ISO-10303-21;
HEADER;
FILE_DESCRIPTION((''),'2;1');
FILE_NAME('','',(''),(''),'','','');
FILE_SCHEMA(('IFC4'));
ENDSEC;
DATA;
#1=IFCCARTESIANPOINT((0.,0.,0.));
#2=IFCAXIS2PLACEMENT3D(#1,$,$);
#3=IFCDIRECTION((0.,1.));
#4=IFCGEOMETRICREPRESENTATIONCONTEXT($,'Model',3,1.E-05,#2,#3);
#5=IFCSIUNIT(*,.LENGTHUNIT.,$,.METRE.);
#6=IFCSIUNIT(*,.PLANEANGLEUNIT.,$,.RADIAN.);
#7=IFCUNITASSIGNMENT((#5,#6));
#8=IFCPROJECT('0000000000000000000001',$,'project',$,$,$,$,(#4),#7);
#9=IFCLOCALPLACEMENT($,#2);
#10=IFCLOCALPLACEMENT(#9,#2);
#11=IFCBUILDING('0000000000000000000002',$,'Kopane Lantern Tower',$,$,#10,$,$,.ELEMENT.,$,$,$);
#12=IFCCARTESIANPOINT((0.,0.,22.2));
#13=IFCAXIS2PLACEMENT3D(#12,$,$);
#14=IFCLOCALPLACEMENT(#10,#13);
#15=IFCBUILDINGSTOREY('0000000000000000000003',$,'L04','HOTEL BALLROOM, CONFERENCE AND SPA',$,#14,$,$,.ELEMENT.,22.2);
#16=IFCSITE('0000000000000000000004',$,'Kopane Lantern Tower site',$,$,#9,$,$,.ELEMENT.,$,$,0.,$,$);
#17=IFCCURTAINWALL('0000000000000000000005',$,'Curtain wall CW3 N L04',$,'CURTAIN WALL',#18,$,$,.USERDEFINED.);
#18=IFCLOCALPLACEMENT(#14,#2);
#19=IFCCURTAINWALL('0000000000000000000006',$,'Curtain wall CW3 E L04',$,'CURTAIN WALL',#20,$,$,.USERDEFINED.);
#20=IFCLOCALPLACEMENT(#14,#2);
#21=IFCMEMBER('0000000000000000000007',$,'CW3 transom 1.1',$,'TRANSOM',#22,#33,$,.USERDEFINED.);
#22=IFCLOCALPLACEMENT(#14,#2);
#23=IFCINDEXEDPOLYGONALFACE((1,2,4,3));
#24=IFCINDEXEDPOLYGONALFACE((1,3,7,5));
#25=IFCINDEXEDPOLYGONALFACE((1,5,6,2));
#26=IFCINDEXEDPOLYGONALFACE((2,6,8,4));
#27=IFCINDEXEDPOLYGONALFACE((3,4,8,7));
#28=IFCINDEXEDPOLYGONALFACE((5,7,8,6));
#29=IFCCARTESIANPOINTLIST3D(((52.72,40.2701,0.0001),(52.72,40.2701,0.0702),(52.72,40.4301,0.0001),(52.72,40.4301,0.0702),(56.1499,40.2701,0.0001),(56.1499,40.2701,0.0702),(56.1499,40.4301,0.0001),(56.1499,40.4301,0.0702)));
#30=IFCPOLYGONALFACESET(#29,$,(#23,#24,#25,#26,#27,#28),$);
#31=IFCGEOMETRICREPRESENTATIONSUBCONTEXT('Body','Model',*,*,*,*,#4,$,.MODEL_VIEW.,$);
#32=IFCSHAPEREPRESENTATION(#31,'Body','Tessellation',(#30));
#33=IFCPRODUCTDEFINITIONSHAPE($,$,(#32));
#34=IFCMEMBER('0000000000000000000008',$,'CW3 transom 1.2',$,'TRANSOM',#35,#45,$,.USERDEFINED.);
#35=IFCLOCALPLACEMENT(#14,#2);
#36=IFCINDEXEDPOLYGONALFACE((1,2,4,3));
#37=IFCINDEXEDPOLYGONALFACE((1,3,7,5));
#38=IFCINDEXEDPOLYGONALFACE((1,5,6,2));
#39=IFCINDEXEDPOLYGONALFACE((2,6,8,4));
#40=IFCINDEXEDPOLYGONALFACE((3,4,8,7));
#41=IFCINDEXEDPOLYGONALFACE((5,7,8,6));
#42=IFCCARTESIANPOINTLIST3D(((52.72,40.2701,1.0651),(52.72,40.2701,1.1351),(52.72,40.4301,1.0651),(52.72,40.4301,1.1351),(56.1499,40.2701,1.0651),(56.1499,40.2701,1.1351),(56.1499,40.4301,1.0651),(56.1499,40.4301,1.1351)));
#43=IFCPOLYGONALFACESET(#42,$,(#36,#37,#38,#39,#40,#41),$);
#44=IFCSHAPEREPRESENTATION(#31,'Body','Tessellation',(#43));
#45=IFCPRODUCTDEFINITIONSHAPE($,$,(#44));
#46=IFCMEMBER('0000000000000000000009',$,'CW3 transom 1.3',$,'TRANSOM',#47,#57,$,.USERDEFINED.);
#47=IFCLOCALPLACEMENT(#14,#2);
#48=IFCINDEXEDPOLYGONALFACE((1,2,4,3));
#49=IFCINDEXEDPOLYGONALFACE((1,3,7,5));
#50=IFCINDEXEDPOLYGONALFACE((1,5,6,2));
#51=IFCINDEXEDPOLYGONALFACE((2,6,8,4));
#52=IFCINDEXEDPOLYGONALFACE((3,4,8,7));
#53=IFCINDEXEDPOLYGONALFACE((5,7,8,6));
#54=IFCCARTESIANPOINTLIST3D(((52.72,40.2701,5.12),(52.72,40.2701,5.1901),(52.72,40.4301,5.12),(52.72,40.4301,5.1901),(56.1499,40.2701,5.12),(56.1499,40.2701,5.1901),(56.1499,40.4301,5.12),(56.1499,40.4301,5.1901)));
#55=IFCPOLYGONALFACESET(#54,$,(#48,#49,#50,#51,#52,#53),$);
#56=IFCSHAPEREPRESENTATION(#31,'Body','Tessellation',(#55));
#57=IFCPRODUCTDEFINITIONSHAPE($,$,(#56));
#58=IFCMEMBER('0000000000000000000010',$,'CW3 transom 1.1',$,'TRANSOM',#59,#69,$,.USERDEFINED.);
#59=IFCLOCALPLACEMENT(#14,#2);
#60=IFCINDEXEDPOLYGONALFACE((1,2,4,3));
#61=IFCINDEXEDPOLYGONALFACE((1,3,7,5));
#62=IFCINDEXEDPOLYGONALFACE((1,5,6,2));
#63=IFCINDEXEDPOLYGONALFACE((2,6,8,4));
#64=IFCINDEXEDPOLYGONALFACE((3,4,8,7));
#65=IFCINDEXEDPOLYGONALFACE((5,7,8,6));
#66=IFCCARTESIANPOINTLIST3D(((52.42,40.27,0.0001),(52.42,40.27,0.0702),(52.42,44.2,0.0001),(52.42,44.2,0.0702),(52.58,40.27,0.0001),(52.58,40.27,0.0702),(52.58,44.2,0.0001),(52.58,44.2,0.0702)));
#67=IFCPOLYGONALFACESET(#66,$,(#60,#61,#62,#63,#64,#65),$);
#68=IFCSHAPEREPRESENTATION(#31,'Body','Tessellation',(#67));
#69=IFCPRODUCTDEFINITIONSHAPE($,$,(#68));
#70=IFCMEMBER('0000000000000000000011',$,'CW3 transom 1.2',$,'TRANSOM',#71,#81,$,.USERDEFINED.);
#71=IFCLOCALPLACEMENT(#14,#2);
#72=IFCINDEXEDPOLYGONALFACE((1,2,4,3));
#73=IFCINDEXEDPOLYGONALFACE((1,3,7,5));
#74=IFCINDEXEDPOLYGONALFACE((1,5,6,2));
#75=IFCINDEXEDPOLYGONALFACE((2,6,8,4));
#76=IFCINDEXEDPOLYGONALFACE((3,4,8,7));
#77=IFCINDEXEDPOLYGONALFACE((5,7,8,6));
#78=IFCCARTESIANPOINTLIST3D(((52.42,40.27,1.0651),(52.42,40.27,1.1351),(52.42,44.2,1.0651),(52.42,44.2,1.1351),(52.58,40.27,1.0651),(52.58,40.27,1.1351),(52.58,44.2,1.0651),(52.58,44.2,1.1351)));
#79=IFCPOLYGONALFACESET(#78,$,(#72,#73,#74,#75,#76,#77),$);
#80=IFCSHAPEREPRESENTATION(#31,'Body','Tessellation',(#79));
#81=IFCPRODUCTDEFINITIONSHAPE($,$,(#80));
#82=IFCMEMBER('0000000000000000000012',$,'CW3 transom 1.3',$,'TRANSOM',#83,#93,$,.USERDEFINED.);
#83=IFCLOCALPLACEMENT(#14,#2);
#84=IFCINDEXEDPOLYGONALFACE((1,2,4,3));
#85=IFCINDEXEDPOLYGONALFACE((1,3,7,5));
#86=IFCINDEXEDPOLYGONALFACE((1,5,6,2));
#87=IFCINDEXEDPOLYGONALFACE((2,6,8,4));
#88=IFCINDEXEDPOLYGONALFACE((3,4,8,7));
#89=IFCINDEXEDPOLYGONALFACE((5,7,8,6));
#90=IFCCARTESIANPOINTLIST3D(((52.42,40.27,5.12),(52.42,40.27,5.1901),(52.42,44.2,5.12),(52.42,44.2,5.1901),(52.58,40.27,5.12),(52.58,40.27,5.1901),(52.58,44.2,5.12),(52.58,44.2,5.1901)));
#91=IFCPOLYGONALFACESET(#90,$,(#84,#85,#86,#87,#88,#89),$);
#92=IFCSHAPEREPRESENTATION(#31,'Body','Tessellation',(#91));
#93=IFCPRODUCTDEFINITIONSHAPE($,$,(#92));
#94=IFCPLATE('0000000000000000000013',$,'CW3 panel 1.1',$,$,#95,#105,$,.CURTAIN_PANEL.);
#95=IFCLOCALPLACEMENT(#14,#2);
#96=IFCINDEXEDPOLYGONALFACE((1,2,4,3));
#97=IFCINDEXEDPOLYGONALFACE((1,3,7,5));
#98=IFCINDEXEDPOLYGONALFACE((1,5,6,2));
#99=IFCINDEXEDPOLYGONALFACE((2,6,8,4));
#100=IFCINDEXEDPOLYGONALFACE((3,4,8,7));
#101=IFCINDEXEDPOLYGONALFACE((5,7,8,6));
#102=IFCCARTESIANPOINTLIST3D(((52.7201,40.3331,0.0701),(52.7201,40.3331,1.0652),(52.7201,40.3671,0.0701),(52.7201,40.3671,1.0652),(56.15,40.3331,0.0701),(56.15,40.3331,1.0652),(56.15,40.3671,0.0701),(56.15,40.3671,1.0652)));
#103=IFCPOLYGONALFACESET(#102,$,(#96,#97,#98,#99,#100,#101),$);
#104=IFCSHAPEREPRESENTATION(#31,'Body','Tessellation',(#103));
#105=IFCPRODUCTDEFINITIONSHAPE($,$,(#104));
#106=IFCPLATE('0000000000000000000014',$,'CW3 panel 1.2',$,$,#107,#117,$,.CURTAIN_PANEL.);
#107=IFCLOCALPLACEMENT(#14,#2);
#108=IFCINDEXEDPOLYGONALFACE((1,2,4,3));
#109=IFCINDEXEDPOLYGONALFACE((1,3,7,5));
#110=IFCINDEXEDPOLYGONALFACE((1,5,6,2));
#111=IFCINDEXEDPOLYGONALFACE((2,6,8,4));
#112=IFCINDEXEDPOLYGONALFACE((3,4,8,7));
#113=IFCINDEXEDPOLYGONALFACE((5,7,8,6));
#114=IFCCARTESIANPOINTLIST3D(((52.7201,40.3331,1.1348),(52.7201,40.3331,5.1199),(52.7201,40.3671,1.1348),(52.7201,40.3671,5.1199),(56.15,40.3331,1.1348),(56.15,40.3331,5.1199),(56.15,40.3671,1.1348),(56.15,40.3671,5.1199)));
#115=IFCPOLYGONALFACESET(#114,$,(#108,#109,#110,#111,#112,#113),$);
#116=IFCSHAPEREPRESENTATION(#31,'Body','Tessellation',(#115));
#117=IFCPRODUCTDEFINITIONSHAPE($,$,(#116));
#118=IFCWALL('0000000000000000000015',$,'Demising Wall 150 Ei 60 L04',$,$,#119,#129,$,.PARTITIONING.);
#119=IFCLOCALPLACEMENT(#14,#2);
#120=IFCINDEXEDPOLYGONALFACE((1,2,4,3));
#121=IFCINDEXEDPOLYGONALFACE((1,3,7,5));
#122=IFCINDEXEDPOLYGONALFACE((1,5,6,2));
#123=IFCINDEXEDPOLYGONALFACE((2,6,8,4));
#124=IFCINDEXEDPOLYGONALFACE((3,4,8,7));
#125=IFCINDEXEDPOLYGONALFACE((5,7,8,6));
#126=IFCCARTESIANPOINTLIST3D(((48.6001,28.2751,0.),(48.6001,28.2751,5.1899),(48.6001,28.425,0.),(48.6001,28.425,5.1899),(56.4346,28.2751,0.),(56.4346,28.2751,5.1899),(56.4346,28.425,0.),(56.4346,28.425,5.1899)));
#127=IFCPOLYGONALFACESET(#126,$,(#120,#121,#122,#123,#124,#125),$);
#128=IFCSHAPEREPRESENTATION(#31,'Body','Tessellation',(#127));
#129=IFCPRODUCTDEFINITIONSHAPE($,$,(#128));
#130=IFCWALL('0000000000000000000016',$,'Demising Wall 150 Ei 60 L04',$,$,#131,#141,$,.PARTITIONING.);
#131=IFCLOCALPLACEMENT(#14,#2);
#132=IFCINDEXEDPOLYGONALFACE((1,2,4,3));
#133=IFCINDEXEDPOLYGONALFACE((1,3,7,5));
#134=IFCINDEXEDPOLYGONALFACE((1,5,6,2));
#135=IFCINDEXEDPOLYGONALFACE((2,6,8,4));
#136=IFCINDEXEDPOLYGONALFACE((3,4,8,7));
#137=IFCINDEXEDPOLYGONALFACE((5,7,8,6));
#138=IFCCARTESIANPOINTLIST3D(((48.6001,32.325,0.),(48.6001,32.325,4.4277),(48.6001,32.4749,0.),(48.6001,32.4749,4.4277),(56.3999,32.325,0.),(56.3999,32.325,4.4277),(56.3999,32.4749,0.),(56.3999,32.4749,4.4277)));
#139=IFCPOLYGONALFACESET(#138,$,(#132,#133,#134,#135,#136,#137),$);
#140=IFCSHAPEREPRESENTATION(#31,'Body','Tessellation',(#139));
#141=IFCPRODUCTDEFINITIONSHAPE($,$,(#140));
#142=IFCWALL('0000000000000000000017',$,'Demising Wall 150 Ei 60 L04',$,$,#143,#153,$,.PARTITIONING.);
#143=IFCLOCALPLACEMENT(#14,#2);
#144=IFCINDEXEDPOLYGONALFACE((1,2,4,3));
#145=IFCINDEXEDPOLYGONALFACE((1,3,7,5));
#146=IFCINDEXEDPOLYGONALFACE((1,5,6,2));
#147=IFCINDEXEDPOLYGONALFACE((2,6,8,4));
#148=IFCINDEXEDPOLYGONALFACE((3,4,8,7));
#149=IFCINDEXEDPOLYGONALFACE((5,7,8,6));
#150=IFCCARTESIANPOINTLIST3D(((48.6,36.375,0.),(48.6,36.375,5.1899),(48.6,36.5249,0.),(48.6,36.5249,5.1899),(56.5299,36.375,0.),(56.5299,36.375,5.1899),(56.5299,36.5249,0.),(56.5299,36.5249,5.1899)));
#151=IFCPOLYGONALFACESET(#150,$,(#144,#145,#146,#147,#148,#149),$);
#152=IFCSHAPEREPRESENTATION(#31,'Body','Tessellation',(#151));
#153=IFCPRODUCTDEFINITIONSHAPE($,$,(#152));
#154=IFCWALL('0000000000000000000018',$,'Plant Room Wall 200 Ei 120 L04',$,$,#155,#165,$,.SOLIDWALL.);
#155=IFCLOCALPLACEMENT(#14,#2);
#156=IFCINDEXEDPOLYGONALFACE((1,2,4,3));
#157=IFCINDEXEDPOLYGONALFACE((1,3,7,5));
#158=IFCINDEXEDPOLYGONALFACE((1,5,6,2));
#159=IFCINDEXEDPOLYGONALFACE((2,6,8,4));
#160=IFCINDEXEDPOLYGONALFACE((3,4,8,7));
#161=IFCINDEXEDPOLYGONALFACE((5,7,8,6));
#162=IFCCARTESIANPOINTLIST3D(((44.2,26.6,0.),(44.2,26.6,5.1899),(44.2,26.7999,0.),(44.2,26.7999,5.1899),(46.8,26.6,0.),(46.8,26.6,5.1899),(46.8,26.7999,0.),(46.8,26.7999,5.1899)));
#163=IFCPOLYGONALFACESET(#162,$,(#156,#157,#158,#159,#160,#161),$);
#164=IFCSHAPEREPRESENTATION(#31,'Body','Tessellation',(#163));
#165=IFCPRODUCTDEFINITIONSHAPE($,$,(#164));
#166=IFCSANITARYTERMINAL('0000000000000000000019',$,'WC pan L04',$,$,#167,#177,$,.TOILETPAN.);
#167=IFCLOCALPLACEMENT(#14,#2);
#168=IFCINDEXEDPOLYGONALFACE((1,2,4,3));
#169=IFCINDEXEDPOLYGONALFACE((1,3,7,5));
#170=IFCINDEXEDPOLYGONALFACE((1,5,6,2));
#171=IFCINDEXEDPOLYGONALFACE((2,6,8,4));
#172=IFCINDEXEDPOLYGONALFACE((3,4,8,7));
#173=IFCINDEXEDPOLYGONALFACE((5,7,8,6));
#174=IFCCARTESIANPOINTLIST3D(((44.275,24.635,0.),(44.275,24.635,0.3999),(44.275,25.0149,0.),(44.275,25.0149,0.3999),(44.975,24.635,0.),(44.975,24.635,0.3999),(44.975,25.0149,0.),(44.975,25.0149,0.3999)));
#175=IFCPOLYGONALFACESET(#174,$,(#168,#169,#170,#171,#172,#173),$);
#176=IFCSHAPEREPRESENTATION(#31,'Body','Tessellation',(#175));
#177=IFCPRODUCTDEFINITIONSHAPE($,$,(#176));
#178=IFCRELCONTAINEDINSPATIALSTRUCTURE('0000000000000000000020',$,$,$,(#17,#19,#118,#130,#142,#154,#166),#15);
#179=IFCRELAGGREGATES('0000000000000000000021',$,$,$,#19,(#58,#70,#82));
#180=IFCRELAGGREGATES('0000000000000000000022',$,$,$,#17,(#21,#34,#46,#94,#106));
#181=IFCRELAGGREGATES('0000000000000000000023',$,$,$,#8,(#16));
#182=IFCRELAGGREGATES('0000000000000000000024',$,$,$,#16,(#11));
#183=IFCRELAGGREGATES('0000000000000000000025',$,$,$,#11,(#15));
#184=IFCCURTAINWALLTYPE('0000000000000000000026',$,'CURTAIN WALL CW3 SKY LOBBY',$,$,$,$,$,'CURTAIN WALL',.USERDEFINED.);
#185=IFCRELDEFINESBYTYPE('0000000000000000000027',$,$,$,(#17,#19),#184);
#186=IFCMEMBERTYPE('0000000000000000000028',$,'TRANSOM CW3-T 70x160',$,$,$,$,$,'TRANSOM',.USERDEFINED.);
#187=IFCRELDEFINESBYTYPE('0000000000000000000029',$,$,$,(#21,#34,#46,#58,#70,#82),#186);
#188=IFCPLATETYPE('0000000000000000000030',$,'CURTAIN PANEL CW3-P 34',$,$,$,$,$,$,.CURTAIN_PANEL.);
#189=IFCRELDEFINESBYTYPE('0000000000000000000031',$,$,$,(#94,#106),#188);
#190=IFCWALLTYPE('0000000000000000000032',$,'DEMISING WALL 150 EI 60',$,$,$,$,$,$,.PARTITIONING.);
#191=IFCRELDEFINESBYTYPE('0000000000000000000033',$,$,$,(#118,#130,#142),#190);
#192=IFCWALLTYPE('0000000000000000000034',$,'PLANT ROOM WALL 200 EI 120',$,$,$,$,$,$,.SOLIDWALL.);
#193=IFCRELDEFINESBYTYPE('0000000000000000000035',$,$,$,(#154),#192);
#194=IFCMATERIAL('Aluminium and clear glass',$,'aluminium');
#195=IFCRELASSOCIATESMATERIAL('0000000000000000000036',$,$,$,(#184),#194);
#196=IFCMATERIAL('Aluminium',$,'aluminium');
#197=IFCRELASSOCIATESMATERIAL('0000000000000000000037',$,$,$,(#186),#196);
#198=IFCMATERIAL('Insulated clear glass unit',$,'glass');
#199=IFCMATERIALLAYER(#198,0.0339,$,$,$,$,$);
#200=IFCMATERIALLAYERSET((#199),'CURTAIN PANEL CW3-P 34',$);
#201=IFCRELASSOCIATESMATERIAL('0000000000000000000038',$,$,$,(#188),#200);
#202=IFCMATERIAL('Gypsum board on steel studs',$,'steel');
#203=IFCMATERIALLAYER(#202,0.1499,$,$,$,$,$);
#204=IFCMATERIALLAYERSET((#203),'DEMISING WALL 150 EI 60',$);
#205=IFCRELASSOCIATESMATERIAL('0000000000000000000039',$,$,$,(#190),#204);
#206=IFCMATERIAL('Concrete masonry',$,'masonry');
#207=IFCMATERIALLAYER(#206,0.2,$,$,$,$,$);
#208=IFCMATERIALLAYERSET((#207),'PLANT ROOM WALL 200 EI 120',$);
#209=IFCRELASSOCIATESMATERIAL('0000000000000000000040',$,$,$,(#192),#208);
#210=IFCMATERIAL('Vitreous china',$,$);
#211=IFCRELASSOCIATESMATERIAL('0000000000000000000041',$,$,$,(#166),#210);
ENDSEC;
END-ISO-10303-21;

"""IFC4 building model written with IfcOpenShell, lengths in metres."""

from ifc_helpers import new_model, si_unit, direction, frame, frame_2d, origin, origin_2d, place, context, subcontext, project, spatial, rectangle, extrude, material, layer, layer_set, material_profile, profile_set, type_object, element, aggregate, save


model = new_model("IFC4")

# Units and contexts
model_context = context("Model", 3, precision=1e-05, world=origin(), true_north=direction((0.0, 1.0)))
body_context = subcontext(model_context, "Body", "Model", "MODEL_VIEW")
ifc_project = project(units=[si_unit("LENGTHUNIT", "METRE"), si_unit("PLANEANGLEUNIT", "RADIAN")], contexts=[model_context])

# Site, building, storey
site_placement = place(None, origin())
site = spatial("IfcSite", under=ifc_project, at=site_placement, Name="Kopane Lantern Tower site", CompositionType="ELEMENT", RefElevation=0.0)
building_placement = place(site_placement, origin())
building = spatial("IfcBuilding", under=site, at=building_placement, Name="Kopane Lantern Tower", CompositionType="ELEMENT")
storey_placement = place(building_placement, frame((0.0, 0.0, 22.2)))
storey = spatial("IfcBuildingStorey", under=building, at=storey_placement, Name="L04", Description="HOTEL BALLROOM, CONFERENCE AND SPA", CompositionType="ELEMENT", Elevation=22.2)

# Curtain walls
ifc_material_1 = material(Name="Aluminium and clear glass", Category="aluminium")
curtain_wall_type = type_object("IfcCurtainWallType", Name="CURTAIN WALL CW3 SKY LOBBY", ElementType="CURTAIN WALL", PredefinedType="USERDEFINED", material=ifc_material_1)
curtain_wall_1_placement = place(storey_placement, origin())
curtain_wall_1 = element("IfcCurtainWall", 1, at=curtain_wall_1_placement, inside=storey, type_object=curtain_wall_type, Name="Curtain wall CW3 N L04", ObjectType="CURTAIN WALL", PredefinedType="USERDEFINED")
curtain_wall_2_placement = place(storey_placement, origin())
curtain_wall_2 = element("IfcCurtainWall", 2, at=curtain_wall_2_placement, inside=storey, type_object=curtain_wall_type, Name="Curtain wall CW3 E L04", ObjectType="CURTAIN WALL", PredefinedType="USERDEFINED")

# Members
ifc_material_2 = material(Name="Aluminium", Category="aluminium")
ifc_material_profile_1 = material_profile(ifc_material_2, rectangle(XDim=0.1599, YDim=0.0701, at=origin_2d()), Name="AL 160x70")
ifc_profile_set_1 = profile_set([ifc_material_profile_1], Name="Aluminium")
member_type_1 = type_object("IfcMemberType", Name="TRANSOM CW3-T 70x160", ElementType="TRANSOM", PredefinedType="USERDEFINED", material=ifc_profile_set_1)
member_1_placement = place(storey_placement, frame((56.1499, 40.3501, 0.0352), z_axis=(-1.0, 0.0, 0.0), x_axis=(0.0, -1.0, 0.0)))
member_1 = element("IfcMember", 3, at=member_1_placement, type_object=member_type_1, Name="CW3 transom 1.1", ObjectType="TRANSOM", PredefinedType="USERDEFINED", context=body_context, shape_type="SweptSolid", body=[
    extrude(rectangle(XDim=0.1599, YDim=0.0701, at=origin_2d()), origin(), (0.0, 0.0, 1.0), 3.4299),
])
member_2_placement = place(storey_placement, frame((56.1499, 40.3501, 1.1001), z_axis=(-1.0, 0.0, 0.0), x_axis=(0.0, -1.0, 0.0)))
member_2 = element("IfcMember", 4, at=member_2_placement, type_object=member_type_1, Name="CW3 transom 1.2", ObjectType="TRANSOM", PredefinedType="USERDEFINED", context=body_context, shape_type="SweptSolid", body=[
    extrude(rectangle(XDim=0.1599, YDim=0.0701, at=origin_2d()), origin(), (0.0, 0.0, 1.0), 3.4299),
])
member_3_placement = place(storey_placement, frame((56.1499, 40.3501, 5.155), z_axis=(-1.0, 0.0, 0.0), x_axis=(0.0, -1.0, 0.0)))
member_3 = element("IfcMember", 5, at=member_3_placement, type_object=member_type_1, Name="CW3 transom 1.3", ObjectType="TRANSOM", PredefinedType="USERDEFINED", context=body_context, shape_type="SweptSolid", body=[
    extrude(rectangle(XDim=0.1599, YDim=0.0701, at=origin_2d()), origin(), (0.0, 0.0, 1.0), 3.4299),
])
member_4_placement = place(storey_placement, frame((52.5, 40.27, 0.0352), z_axis=(0.0, 1.0, 0.0), x_axis=(-1.0, 0.0, 0.0)))
member_4 = element("IfcMember", 6, at=member_4_placement, type_object=member_type_1, Name="CW3 transom 1.1", ObjectType="TRANSOM", PredefinedType="USERDEFINED", context=body_context, shape_type="SweptSolid", body=[
    extrude(rectangle(XDim=0.1599, YDim=0.0701, at=origin_2d()), origin(), (0.0, 0.0, 1.0), 3.9299),
])
member_5_placement = place(storey_placement, frame((52.5, 40.27, 1.1001), z_axis=(0.0, 1.0, 0.0), x_axis=(-1.0, 0.0, 0.0)))
member_5 = element("IfcMember", 7, at=member_5_placement, type_object=member_type_1, Name="CW3 transom 1.2", ObjectType="TRANSOM", PredefinedType="USERDEFINED", context=body_context, shape_type="SweptSolid", body=[
    extrude(rectangle(XDim=0.1599, YDim=0.0701, at=origin_2d()), origin(), (0.0, 0.0, 1.0), 3.9299),
])
member_6_placement = place(storey_placement, frame((52.5, 40.27, 5.155), z_axis=(0.0, 1.0, 0.0), x_axis=(-1.0, 0.0, 0.0)))
member_6 = element("IfcMember", 8, at=member_6_placement, type_object=member_type_1, Name="CW3 transom 1.3", ObjectType="TRANSOM", PredefinedType="USERDEFINED", context=body_context, shape_type="SweptSolid", body=[
    extrude(rectangle(XDim=0.1599, YDim=0.0701, at=origin_2d()), origin(), (0.0, 0.0, 1.0), 3.9299),
])
aggregate(curtain_wall_2, [member_4, member_5, member_6])

# Plates
ifc_material_3 = material(Name="Insulated clear glass unit", Category="glass")
ifc_layer_1 = layer(ifc_material_3, 0.0339)
ifc_layer_set_1 = layer_set([ifc_layer_1], Name="CURTAIN PANEL CW3-P 34")
plate_type = type_object("IfcPlateType", Name="CURTAIN PANEL CW3-P 34", PredefinedType="CURTAIN_PANEL", material=ifc_layer_set_1)
plate_1_placement = place(storey_placement, frame((54.4351, 40.3501, 0.0701), z_axis=(0.0, 0.0, 1.0), x_axis=(-1.0, 0.0, 0.0)))
plate_1 = element("IfcPlate", 9, at=plate_1_placement, type_object=plate_type, Name="CW3 panel 1.1", PredefinedType="CURTAIN_PANEL", context=body_context, shape_type="SweptSolid", body=[
    extrude(rectangle(XDim=3.4299, YDim=0.0339, at=origin_2d()), origin(), (0.0, 0.0, 1.0), 0.9951),
])
plate_2_placement = place(storey_placement, frame((54.4351, 40.3501, 1.1348), z_axis=(0.0, 0.0, 1.0), x_axis=(-1.0, 0.0, 0.0)))
plate_2 = element("IfcPlate", 10, at=plate_2_placement, type_object=plate_type, Name="CW3 panel 1.2", PredefinedType="CURTAIN_PANEL", context=body_context, shape_type="SweptSolid", body=[
    extrude(rectangle(XDim=3.4299, YDim=0.0339, at=origin_2d()), origin(), (0.0, 0.0, 1.0), 3.9851),
])
aggregate(curtain_wall_1, [member_1, member_2, member_3, plate_1, plate_2])

# Walls
ifc_material_4 = material(Name="Gypsum board on steel studs", Category="steel")
ifc_layer_2 = layer(ifc_material_4, 0.1499)
ifc_layer_set_2 = layer_set([ifc_layer_2], Name="DEMISING WALL 150 EI 60")
wall_type_1 = type_object("IfcWallType", Name="DEMISING WALL 150 EI 60", PredefinedType="PARTITIONING", material=ifc_layer_set_2)
wall_1_placement = place(storey_placement, frame((48.6001, 28.3501, 0.0), z_axis=(0.0, 0.0, 1.0), x_axis=(1.0, 0.0, 0.0)))
element("IfcWall", 11, at=wall_1_placement, inside=storey, type_object=wall_type_1, Name="Demising Wall 150 Ei 60 L04", PredefinedType="PARTITIONING", context=body_context, shape_type="SweptSolid", body=[
    extrude(rectangle(XDim=7.8345, YDim=0.1499, at=frame_2d((3.9172, 0.0))), origin(), (0.0, 0.0, 1.0), 5.1899),
])
wall_2_placement = place(storey_placement, frame((48.6001, 32.3999, 0.0), z_axis=(0.0, 0.0, 1.0), x_axis=(1.0, 0.0, 0.0)))
element("IfcWall", 12, at=wall_2_placement, inside=storey, type_object=wall_type_1, Name="Demising Wall 150 Ei 60 L04", PredefinedType="PARTITIONING", context=body_context, shape_type="SweptSolid", body=[
    extrude(rectangle(XDim=7.7998, YDim=0.1499, at=frame_2d((3.8999, 0.0))), origin(), (0.0, 0.0, 1.0), 4.4277),
])
wall_3_placement = place(storey_placement, frame((48.6001, 36.45, 0.0), z_axis=(0.0, 0.0, 1.0), x_axis=(1.0, 0.0, 0.0)))
element("IfcWall", 13, at=wall_3_placement, inside=storey, type_object=wall_type_1, Name="Demising Wall 150 Ei 60 L04", PredefinedType="PARTITIONING", context=body_context, shape_type="SweptSolid", body=[
    extrude(rectangle(XDim=7.9299, YDim=0.1499, at=frame_2d((3.9648, 0.0))), origin(), (0.0, 0.0, 1.0), 5.1899),
])
ifc_material_5 = material(Name="Concrete masonry", Category="masonry")
ifc_layer_3 = layer(ifc_material_5, 0.2)
ifc_layer_set_3 = layer_set([ifc_layer_3], Name="PLANT ROOM WALL 200 EI 120")
wall_type_2 = type_object("IfcWallType", Name="PLANT ROOM WALL 200 EI 120", PredefinedType="SOLIDWALL", material=ifc_layer_set_3)
wall_4_placement = place(storey_placement, frame((46.8, 26.7, 0.0), z_axis=(0.0, 0.0, 1.0), x_axis=(-1.0, 0.0, 0.0)))
element("IfcWall", 14, at=wall_4_placement, inside=storey, type_object=wall_type_2, Name="Plant Room Wall 200 Ei 120 L04", PredefinedType="SOLIDWALL", context=body_context, shape_type="SweptSolid", body=[
    extrude(rectangle(XDim=2.6001, YDim=0.2, at=frame_2d((1.3, 0.0))), origin(), (0.0, 0.0, 1.0), 5.1899),
])

# Sanitary terminal
ifc_material_6 = material(Name="Vitreous china")
sanitary_terminal_placement = place(storey_placement, frame((44.625, 24.825, 0.0), z_axis=(0.0, 0.0, 1.0), x_axis=(1.0, 0.0, 0.0)))
element("IfcSanitaryTerminal", 15, at=sanitary_terminal_placement, inside=storey, material=ifc_material_6, Name="WC pan L04", PredefinedType="TOILETPAN", context=body_context, shape_type="SweptSolid", body=[
    extrude(rectangle(XDim=0.7, YDim=0.3799, at=origin_2d()), origin(), (0.0, 0.0, 1.0), 0.3999),
])

save(model, "model.ifc")
